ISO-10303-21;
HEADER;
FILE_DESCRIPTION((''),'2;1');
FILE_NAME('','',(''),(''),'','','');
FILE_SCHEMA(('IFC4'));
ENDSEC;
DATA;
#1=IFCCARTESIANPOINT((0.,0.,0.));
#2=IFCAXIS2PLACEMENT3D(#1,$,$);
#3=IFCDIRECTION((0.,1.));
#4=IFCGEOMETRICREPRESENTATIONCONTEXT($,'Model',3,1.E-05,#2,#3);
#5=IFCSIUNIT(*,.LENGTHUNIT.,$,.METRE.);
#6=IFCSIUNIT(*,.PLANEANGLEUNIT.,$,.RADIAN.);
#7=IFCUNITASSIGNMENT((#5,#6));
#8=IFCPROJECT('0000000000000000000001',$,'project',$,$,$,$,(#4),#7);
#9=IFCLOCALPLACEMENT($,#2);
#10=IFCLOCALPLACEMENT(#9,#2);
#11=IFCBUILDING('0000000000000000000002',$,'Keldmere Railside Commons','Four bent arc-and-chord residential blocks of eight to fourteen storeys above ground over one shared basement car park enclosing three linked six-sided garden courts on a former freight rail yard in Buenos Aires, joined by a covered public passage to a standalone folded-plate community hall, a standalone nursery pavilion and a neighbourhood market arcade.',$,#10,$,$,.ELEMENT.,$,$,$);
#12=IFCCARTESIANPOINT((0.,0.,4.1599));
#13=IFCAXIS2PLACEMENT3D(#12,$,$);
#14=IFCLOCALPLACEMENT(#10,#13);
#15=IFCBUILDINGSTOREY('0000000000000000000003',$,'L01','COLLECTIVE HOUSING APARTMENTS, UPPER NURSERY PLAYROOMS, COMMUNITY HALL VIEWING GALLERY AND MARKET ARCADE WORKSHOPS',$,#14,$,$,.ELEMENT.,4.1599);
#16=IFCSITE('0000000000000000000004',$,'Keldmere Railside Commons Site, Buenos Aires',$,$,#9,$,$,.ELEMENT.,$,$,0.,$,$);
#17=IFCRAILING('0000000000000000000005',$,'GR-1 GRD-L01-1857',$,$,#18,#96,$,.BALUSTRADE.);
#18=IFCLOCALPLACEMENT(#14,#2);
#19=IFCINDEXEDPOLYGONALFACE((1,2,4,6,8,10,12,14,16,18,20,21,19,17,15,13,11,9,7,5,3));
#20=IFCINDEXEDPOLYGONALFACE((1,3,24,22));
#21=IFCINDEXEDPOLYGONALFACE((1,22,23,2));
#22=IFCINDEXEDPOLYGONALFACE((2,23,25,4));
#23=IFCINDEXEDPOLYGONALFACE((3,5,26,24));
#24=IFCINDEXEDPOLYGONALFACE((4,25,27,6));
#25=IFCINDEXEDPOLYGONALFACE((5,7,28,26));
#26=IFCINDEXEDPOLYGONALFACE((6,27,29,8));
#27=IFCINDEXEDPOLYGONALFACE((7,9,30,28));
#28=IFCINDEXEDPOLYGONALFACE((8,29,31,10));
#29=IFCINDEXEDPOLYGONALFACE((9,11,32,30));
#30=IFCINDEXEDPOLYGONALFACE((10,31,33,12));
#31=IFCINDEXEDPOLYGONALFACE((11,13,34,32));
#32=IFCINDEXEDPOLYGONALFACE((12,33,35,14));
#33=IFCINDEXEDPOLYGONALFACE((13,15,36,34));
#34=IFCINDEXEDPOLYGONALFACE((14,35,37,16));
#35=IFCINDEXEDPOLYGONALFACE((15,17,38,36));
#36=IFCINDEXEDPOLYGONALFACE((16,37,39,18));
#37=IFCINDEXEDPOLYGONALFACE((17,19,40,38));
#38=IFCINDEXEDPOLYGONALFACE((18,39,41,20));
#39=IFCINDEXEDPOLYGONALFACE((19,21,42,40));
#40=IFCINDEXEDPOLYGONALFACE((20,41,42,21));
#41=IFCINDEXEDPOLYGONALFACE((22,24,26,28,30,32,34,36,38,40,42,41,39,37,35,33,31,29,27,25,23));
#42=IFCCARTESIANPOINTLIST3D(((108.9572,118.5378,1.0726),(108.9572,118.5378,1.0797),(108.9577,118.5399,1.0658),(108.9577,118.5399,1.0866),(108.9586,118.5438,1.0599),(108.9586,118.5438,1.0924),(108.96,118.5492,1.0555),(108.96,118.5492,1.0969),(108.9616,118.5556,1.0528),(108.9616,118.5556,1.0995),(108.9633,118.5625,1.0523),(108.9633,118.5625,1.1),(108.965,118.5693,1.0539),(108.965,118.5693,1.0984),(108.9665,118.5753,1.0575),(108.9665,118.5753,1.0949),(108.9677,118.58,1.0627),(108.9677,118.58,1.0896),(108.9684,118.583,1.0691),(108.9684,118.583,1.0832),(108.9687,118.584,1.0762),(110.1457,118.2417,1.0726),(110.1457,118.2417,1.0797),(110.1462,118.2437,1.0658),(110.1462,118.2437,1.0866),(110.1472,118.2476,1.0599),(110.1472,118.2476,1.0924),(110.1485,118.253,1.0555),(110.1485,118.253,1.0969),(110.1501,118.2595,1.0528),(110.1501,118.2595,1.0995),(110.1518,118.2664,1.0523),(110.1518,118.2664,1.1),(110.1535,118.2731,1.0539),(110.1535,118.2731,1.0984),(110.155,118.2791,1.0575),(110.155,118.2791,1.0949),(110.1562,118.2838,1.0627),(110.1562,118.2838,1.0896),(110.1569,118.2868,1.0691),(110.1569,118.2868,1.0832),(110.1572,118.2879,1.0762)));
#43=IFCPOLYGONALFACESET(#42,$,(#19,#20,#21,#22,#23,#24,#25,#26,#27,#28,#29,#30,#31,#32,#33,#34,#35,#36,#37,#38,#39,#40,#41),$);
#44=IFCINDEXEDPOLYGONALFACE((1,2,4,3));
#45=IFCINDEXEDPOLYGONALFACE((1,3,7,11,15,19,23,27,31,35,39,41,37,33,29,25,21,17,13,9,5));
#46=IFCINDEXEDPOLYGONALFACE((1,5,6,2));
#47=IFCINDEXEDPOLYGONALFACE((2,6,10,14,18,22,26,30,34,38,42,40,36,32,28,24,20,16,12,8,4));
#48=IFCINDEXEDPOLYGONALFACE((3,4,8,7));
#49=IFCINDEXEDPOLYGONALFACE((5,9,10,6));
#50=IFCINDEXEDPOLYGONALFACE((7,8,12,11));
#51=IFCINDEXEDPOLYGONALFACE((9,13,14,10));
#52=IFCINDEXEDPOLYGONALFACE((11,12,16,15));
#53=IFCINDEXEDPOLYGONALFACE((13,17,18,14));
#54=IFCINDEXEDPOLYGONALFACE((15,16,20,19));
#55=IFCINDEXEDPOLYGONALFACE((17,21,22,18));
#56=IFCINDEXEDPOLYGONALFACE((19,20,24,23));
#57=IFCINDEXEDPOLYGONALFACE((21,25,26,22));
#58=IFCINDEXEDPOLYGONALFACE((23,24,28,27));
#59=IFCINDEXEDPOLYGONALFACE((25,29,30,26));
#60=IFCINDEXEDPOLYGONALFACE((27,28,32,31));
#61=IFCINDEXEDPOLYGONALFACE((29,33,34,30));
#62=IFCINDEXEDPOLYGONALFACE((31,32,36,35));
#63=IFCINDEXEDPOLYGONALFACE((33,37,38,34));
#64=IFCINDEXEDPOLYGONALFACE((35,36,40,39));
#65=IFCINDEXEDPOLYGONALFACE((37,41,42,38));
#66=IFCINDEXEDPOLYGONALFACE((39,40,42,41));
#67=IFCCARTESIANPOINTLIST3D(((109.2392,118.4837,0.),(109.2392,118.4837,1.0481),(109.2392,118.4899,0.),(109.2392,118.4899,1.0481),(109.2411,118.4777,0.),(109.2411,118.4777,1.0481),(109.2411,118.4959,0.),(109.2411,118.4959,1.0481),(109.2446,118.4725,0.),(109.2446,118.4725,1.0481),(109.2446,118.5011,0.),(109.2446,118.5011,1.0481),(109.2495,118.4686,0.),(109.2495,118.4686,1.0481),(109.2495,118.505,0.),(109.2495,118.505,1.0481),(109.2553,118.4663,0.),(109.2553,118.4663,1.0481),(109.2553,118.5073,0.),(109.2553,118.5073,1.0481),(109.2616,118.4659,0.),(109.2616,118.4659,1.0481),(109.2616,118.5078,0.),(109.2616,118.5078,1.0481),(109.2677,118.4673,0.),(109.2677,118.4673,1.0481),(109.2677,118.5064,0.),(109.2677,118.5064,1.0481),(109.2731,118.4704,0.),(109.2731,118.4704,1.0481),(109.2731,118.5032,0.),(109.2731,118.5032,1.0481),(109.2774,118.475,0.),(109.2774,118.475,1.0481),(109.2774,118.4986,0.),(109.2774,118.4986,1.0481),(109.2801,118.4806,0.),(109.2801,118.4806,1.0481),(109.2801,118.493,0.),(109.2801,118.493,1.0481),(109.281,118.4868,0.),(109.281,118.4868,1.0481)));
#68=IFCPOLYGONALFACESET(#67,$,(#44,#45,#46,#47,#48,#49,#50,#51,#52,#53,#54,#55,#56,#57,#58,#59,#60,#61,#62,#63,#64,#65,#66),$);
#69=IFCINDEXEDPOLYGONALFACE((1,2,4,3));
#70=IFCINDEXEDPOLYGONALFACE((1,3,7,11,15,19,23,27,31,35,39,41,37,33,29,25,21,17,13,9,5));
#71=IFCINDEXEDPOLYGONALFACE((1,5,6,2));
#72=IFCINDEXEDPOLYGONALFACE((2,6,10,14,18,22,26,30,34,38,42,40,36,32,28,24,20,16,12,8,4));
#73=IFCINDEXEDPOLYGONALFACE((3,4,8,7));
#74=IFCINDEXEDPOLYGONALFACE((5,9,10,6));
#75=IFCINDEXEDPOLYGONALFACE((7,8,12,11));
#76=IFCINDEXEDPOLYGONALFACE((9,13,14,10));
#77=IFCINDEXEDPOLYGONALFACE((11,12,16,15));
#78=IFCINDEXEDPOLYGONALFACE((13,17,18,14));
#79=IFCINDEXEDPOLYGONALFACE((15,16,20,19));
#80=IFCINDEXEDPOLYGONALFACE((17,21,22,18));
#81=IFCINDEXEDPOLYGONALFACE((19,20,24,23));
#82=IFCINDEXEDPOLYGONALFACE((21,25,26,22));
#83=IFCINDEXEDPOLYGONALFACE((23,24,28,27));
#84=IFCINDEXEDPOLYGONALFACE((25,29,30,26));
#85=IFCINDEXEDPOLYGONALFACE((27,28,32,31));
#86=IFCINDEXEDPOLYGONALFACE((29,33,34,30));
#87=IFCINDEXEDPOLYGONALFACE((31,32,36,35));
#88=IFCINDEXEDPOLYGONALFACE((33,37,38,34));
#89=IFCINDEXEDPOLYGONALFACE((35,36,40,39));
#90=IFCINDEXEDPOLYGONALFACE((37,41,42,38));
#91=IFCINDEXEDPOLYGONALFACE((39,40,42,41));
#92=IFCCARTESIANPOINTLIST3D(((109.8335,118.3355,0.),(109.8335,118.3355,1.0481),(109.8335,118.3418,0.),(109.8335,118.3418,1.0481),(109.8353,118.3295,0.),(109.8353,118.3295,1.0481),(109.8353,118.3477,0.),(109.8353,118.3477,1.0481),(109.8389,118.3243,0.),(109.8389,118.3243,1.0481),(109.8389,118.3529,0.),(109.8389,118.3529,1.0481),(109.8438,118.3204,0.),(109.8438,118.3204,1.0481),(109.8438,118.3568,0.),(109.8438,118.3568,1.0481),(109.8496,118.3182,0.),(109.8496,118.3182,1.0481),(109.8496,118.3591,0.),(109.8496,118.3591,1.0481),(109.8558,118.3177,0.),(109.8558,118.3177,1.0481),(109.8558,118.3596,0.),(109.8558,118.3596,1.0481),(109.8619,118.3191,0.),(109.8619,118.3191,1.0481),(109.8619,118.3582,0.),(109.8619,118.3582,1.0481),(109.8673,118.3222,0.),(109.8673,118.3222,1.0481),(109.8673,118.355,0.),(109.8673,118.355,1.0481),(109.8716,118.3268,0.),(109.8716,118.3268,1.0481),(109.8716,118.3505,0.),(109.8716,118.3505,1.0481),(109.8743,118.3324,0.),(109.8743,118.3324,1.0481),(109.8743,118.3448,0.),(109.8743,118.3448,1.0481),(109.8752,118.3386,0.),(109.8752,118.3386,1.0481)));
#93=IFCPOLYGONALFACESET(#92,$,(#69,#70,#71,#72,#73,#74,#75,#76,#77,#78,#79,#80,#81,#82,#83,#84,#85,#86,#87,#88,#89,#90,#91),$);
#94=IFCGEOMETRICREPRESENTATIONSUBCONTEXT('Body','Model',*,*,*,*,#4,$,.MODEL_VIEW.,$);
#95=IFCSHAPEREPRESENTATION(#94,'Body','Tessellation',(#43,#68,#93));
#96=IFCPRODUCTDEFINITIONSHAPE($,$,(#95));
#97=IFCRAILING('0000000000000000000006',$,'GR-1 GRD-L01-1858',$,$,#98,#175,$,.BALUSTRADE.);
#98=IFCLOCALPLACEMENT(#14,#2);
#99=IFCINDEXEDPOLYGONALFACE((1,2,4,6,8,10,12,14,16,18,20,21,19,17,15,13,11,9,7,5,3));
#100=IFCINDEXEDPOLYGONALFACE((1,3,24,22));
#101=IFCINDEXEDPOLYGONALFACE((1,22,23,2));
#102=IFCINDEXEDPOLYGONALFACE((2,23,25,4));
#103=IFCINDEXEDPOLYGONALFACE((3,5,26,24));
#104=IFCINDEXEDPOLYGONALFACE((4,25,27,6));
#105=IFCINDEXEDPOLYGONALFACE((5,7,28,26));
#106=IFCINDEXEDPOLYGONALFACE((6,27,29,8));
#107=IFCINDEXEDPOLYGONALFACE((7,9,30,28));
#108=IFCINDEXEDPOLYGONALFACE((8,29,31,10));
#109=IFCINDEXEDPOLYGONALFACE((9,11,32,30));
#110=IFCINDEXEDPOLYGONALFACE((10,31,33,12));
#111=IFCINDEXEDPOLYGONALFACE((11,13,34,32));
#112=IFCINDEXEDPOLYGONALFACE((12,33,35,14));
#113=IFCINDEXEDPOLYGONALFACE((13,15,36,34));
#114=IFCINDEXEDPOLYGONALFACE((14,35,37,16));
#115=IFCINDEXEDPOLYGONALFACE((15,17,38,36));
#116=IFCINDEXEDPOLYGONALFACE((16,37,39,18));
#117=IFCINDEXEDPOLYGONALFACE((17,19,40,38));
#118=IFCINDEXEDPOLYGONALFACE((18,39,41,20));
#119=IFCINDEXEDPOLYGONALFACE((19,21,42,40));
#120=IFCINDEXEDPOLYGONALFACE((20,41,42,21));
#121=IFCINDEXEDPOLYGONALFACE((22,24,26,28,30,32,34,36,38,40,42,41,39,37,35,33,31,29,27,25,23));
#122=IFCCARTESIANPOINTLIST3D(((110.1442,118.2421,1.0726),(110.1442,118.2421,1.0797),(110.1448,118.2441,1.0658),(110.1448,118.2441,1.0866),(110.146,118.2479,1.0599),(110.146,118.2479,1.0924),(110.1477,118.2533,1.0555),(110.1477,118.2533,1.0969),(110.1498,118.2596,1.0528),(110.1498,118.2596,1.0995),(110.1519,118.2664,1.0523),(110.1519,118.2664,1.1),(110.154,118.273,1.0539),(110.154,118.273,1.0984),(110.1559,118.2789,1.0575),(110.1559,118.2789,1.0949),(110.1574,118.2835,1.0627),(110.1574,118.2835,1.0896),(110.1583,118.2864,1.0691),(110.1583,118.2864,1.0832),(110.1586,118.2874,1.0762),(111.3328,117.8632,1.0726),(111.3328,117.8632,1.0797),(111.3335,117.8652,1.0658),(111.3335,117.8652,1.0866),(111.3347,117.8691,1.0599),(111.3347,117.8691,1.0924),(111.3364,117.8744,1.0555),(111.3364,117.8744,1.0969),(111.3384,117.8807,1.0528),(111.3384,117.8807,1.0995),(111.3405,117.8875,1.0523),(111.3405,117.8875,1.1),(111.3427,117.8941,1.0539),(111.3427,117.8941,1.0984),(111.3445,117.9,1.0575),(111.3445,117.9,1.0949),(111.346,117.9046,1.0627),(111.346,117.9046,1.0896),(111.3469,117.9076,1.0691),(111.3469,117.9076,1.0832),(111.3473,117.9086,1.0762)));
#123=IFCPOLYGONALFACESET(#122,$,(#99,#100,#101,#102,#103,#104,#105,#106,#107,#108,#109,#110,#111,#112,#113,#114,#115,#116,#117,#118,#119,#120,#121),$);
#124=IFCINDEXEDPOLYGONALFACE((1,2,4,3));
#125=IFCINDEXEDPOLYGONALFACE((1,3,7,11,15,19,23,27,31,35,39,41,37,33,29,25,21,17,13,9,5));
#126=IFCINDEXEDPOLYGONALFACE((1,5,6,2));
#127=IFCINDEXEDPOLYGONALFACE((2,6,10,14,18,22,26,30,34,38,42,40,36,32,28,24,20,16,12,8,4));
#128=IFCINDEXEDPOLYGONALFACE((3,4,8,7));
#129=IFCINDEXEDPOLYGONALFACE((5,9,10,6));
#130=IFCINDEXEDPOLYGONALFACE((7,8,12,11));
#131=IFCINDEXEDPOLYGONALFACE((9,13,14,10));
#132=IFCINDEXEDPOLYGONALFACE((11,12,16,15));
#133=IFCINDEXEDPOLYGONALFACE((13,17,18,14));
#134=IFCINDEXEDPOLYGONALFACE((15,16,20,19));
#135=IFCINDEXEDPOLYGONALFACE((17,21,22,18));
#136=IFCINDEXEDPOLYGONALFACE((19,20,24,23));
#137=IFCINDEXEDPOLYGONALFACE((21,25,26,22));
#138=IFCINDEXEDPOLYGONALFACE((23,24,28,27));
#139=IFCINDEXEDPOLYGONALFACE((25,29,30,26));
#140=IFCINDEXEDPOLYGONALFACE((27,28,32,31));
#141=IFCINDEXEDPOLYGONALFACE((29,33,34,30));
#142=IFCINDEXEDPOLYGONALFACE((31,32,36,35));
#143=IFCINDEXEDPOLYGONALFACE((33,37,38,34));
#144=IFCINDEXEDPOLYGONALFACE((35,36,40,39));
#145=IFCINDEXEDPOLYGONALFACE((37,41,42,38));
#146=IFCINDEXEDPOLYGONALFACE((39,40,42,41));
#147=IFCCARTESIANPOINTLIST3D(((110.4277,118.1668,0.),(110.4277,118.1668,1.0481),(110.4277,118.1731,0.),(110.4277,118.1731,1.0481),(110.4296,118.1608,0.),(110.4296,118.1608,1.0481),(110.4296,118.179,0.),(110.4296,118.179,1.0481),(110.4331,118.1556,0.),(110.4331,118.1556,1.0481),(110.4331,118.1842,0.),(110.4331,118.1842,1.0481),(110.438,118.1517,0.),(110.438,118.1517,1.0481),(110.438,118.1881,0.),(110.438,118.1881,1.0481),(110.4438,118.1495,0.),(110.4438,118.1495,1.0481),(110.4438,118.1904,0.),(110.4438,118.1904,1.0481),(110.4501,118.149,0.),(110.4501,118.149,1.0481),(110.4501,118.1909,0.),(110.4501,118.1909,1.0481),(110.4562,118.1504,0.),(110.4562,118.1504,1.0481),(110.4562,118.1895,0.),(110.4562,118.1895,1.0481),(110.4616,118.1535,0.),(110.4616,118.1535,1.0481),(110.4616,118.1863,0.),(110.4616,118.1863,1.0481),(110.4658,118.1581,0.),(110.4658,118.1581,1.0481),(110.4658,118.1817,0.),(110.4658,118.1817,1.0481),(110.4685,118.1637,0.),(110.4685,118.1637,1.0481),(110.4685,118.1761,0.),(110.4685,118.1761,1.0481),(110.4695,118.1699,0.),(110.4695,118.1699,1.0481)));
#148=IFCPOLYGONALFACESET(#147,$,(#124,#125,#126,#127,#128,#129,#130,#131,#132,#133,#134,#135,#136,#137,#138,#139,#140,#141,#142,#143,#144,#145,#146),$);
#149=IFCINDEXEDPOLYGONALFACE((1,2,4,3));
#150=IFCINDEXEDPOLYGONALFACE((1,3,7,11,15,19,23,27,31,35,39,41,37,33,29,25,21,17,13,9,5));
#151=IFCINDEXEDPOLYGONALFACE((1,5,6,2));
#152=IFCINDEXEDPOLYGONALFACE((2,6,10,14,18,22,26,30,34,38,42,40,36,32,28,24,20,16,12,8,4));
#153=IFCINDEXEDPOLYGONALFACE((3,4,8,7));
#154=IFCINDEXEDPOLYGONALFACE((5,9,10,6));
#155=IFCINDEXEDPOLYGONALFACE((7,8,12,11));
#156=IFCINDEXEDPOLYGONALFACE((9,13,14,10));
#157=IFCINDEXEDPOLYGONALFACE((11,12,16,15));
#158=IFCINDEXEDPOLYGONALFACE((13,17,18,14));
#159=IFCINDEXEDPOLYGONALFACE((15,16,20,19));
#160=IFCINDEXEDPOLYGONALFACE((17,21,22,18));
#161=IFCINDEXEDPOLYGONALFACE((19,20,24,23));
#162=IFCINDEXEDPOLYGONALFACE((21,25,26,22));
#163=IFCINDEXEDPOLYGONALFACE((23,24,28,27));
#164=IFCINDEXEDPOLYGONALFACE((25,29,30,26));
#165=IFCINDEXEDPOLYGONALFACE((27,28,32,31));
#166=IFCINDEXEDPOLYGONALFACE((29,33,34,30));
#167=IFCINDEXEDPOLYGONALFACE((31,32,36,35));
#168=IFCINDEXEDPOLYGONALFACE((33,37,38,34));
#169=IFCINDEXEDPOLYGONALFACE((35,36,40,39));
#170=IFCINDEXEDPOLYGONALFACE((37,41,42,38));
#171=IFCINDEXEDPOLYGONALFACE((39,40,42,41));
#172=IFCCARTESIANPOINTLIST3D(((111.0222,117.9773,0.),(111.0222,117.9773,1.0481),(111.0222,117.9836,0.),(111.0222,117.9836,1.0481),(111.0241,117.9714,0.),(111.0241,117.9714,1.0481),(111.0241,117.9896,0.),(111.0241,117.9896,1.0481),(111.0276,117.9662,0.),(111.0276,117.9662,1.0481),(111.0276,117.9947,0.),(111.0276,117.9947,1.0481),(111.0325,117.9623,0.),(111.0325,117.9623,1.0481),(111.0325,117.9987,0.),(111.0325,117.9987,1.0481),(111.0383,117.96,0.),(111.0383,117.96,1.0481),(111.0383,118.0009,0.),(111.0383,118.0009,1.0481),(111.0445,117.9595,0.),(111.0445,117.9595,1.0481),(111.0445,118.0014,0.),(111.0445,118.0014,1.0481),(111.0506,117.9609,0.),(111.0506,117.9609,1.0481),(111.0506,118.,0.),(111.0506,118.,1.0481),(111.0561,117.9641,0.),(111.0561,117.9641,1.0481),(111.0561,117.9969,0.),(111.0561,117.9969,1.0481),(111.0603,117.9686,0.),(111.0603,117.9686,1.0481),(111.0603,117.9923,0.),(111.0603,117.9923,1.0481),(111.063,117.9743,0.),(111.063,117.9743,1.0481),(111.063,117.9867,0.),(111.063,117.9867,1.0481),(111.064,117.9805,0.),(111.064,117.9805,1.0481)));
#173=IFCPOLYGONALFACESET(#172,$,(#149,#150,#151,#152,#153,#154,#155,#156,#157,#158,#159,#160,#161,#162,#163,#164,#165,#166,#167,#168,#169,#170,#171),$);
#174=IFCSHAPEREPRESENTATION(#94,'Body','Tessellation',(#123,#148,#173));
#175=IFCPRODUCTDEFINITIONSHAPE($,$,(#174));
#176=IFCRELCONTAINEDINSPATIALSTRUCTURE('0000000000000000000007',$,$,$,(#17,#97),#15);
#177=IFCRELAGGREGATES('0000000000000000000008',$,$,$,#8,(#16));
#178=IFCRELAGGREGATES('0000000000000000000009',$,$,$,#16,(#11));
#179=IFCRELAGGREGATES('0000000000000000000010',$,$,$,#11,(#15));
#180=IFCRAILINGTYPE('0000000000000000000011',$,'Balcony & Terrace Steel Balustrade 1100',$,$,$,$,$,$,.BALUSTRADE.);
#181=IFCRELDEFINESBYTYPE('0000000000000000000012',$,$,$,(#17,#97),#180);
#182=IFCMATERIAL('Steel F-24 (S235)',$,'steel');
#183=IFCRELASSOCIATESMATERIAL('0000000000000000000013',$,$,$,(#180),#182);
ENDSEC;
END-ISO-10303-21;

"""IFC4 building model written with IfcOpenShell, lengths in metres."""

from ifc_helpers import new_model, si_unit, direction, frame, origin, origin_2d, place, context, subcontext, project, spatial, circle, extrude, material, type_object, element, save


model = new_model("IFC4")

# Units and contexts
model_context = context("Model", 3, precision=1e-05, world=origin(), true_north=direction((0.0, 1.0)))
body_context = subcontext(model_context, "Body", "Model", "MODEL_VIEW")
ifc_project = project(units=[si_unit("LENGTHUNIT", "METRE"), si_unit("PLANEANGLEUNIT", "RADIAN")], contexts=[model_context])

# Site, building, storey
site_placement = place(None, origin())
site = spatial("IfcSite", under=ifc_project, at=site_placement, Name="Keldmere Railside Commons Site, Buenos Aires", CompositionType="ELEMENT", RefElevation=0.0)
building_placement = place(site_placement, origin())
building = spatial("IfcBuilding", under=site, at=building_placement, Name="Keldmere Railside Commons", Description="Four bent arc-and-chord residential blocks of eight to fourteen storeys above ground over one shared basement car park enclosing three linked six-sided garden courts on a former freight rail yard in Buenos Aires, joined by a covered public passage to a standalone folded-plate community hall, a standalone nursery pavilion and a neighbourhood market arcade.", CompositionType="ELEMENT")
storey_placement = place(building_placement, frame((0.0, 0.0, 4.1599)))
storey = spatial("IfcBuildingStorey", under=building, at=storey_placement, Name="L01", Description="COLLECTIVE HOUSING APARTMENTS, UPPER NURSERY PLAYROOMS, COMMUNITY HALL VIEWING GALLERY AND MARKET ARCADE WORKSHOPS", CompositionType="ELEMENT", Elevation=4.1599)

# Railings
ifc_material_1 = material(Name="Steel F-24 (S235)", Category="steel")
railing_type = type_object("IfcRailingType", Name="Balcony & Terrace Steel Balustrade 1100", PredefinedType="BALUSTRADE", material=ifc_material_1)
railing_1_placement = place(storey_placement, frame((108.9629, 118.5608, 0.0)))
element("IfcRailing", 1, at=railing_1_placement, inside=storey, type_object=railing_type, Name="GR-1 GRD-L01-1857", PredefinedType="BALUSTRADE", context=body_context, shape_type="SweptSolid", body=[
    extrude(circle(Radius=0.0239, at=origin_2d()), frame((0.0, 0.0, 1.0762), z_axis=(0.97033, -0.241785, 0.0), x_axis=(0.241785, 0.97033, 0.0)), (0.0, 0.0, 1.0), 1.2249),
    extrude(circle(Radius=0.021, at=origin_2d()), frame((0.2971, -0.074, 0.0)), (0.0, 0.0, 1.0), 1.0481),
    extrude(circle(Radius=0.021, at=origin_2d()), frame((0.8914, -0.2222, 0.0)), (0.0, 0.0, 1.0), 1.0481),
])
railing_2_placement = place(storey_placement, frame((110.1514, 118.2646, 0.0)))
element("IfcRailing", 2, at=railing_2_placement, inside=storey, type_object=railing_type, Name="GR-1 GRD-L01-1858", PredefinedType="BALUSTRADE", context=body_context, shape_type="SweptSolid", body=[
    extrude(circle(Radius=0.0239, at=origin_2d()), frame((0.0, 0.0, 1.0762), z_axis=(0.952769, -0.303696, 0.0), x_axis=(0.303696, 0.952769, 0.0)), (0.0, 0.0, 1.0), 1.2476),
    extrude(circle(Radius=0.021, at=origin_2d()), frame((0.2971, -0.0947, 0.0)), (0.0, 0.0, 1.0), 1.0481),
    extrude(circle(Radius=0.021, at=origin_2d()), frame((0.8916, -0.2842, 0.0)), (0.0, 0.0, 1.0), 1.0481),
])

save(model, "model.ifc")
